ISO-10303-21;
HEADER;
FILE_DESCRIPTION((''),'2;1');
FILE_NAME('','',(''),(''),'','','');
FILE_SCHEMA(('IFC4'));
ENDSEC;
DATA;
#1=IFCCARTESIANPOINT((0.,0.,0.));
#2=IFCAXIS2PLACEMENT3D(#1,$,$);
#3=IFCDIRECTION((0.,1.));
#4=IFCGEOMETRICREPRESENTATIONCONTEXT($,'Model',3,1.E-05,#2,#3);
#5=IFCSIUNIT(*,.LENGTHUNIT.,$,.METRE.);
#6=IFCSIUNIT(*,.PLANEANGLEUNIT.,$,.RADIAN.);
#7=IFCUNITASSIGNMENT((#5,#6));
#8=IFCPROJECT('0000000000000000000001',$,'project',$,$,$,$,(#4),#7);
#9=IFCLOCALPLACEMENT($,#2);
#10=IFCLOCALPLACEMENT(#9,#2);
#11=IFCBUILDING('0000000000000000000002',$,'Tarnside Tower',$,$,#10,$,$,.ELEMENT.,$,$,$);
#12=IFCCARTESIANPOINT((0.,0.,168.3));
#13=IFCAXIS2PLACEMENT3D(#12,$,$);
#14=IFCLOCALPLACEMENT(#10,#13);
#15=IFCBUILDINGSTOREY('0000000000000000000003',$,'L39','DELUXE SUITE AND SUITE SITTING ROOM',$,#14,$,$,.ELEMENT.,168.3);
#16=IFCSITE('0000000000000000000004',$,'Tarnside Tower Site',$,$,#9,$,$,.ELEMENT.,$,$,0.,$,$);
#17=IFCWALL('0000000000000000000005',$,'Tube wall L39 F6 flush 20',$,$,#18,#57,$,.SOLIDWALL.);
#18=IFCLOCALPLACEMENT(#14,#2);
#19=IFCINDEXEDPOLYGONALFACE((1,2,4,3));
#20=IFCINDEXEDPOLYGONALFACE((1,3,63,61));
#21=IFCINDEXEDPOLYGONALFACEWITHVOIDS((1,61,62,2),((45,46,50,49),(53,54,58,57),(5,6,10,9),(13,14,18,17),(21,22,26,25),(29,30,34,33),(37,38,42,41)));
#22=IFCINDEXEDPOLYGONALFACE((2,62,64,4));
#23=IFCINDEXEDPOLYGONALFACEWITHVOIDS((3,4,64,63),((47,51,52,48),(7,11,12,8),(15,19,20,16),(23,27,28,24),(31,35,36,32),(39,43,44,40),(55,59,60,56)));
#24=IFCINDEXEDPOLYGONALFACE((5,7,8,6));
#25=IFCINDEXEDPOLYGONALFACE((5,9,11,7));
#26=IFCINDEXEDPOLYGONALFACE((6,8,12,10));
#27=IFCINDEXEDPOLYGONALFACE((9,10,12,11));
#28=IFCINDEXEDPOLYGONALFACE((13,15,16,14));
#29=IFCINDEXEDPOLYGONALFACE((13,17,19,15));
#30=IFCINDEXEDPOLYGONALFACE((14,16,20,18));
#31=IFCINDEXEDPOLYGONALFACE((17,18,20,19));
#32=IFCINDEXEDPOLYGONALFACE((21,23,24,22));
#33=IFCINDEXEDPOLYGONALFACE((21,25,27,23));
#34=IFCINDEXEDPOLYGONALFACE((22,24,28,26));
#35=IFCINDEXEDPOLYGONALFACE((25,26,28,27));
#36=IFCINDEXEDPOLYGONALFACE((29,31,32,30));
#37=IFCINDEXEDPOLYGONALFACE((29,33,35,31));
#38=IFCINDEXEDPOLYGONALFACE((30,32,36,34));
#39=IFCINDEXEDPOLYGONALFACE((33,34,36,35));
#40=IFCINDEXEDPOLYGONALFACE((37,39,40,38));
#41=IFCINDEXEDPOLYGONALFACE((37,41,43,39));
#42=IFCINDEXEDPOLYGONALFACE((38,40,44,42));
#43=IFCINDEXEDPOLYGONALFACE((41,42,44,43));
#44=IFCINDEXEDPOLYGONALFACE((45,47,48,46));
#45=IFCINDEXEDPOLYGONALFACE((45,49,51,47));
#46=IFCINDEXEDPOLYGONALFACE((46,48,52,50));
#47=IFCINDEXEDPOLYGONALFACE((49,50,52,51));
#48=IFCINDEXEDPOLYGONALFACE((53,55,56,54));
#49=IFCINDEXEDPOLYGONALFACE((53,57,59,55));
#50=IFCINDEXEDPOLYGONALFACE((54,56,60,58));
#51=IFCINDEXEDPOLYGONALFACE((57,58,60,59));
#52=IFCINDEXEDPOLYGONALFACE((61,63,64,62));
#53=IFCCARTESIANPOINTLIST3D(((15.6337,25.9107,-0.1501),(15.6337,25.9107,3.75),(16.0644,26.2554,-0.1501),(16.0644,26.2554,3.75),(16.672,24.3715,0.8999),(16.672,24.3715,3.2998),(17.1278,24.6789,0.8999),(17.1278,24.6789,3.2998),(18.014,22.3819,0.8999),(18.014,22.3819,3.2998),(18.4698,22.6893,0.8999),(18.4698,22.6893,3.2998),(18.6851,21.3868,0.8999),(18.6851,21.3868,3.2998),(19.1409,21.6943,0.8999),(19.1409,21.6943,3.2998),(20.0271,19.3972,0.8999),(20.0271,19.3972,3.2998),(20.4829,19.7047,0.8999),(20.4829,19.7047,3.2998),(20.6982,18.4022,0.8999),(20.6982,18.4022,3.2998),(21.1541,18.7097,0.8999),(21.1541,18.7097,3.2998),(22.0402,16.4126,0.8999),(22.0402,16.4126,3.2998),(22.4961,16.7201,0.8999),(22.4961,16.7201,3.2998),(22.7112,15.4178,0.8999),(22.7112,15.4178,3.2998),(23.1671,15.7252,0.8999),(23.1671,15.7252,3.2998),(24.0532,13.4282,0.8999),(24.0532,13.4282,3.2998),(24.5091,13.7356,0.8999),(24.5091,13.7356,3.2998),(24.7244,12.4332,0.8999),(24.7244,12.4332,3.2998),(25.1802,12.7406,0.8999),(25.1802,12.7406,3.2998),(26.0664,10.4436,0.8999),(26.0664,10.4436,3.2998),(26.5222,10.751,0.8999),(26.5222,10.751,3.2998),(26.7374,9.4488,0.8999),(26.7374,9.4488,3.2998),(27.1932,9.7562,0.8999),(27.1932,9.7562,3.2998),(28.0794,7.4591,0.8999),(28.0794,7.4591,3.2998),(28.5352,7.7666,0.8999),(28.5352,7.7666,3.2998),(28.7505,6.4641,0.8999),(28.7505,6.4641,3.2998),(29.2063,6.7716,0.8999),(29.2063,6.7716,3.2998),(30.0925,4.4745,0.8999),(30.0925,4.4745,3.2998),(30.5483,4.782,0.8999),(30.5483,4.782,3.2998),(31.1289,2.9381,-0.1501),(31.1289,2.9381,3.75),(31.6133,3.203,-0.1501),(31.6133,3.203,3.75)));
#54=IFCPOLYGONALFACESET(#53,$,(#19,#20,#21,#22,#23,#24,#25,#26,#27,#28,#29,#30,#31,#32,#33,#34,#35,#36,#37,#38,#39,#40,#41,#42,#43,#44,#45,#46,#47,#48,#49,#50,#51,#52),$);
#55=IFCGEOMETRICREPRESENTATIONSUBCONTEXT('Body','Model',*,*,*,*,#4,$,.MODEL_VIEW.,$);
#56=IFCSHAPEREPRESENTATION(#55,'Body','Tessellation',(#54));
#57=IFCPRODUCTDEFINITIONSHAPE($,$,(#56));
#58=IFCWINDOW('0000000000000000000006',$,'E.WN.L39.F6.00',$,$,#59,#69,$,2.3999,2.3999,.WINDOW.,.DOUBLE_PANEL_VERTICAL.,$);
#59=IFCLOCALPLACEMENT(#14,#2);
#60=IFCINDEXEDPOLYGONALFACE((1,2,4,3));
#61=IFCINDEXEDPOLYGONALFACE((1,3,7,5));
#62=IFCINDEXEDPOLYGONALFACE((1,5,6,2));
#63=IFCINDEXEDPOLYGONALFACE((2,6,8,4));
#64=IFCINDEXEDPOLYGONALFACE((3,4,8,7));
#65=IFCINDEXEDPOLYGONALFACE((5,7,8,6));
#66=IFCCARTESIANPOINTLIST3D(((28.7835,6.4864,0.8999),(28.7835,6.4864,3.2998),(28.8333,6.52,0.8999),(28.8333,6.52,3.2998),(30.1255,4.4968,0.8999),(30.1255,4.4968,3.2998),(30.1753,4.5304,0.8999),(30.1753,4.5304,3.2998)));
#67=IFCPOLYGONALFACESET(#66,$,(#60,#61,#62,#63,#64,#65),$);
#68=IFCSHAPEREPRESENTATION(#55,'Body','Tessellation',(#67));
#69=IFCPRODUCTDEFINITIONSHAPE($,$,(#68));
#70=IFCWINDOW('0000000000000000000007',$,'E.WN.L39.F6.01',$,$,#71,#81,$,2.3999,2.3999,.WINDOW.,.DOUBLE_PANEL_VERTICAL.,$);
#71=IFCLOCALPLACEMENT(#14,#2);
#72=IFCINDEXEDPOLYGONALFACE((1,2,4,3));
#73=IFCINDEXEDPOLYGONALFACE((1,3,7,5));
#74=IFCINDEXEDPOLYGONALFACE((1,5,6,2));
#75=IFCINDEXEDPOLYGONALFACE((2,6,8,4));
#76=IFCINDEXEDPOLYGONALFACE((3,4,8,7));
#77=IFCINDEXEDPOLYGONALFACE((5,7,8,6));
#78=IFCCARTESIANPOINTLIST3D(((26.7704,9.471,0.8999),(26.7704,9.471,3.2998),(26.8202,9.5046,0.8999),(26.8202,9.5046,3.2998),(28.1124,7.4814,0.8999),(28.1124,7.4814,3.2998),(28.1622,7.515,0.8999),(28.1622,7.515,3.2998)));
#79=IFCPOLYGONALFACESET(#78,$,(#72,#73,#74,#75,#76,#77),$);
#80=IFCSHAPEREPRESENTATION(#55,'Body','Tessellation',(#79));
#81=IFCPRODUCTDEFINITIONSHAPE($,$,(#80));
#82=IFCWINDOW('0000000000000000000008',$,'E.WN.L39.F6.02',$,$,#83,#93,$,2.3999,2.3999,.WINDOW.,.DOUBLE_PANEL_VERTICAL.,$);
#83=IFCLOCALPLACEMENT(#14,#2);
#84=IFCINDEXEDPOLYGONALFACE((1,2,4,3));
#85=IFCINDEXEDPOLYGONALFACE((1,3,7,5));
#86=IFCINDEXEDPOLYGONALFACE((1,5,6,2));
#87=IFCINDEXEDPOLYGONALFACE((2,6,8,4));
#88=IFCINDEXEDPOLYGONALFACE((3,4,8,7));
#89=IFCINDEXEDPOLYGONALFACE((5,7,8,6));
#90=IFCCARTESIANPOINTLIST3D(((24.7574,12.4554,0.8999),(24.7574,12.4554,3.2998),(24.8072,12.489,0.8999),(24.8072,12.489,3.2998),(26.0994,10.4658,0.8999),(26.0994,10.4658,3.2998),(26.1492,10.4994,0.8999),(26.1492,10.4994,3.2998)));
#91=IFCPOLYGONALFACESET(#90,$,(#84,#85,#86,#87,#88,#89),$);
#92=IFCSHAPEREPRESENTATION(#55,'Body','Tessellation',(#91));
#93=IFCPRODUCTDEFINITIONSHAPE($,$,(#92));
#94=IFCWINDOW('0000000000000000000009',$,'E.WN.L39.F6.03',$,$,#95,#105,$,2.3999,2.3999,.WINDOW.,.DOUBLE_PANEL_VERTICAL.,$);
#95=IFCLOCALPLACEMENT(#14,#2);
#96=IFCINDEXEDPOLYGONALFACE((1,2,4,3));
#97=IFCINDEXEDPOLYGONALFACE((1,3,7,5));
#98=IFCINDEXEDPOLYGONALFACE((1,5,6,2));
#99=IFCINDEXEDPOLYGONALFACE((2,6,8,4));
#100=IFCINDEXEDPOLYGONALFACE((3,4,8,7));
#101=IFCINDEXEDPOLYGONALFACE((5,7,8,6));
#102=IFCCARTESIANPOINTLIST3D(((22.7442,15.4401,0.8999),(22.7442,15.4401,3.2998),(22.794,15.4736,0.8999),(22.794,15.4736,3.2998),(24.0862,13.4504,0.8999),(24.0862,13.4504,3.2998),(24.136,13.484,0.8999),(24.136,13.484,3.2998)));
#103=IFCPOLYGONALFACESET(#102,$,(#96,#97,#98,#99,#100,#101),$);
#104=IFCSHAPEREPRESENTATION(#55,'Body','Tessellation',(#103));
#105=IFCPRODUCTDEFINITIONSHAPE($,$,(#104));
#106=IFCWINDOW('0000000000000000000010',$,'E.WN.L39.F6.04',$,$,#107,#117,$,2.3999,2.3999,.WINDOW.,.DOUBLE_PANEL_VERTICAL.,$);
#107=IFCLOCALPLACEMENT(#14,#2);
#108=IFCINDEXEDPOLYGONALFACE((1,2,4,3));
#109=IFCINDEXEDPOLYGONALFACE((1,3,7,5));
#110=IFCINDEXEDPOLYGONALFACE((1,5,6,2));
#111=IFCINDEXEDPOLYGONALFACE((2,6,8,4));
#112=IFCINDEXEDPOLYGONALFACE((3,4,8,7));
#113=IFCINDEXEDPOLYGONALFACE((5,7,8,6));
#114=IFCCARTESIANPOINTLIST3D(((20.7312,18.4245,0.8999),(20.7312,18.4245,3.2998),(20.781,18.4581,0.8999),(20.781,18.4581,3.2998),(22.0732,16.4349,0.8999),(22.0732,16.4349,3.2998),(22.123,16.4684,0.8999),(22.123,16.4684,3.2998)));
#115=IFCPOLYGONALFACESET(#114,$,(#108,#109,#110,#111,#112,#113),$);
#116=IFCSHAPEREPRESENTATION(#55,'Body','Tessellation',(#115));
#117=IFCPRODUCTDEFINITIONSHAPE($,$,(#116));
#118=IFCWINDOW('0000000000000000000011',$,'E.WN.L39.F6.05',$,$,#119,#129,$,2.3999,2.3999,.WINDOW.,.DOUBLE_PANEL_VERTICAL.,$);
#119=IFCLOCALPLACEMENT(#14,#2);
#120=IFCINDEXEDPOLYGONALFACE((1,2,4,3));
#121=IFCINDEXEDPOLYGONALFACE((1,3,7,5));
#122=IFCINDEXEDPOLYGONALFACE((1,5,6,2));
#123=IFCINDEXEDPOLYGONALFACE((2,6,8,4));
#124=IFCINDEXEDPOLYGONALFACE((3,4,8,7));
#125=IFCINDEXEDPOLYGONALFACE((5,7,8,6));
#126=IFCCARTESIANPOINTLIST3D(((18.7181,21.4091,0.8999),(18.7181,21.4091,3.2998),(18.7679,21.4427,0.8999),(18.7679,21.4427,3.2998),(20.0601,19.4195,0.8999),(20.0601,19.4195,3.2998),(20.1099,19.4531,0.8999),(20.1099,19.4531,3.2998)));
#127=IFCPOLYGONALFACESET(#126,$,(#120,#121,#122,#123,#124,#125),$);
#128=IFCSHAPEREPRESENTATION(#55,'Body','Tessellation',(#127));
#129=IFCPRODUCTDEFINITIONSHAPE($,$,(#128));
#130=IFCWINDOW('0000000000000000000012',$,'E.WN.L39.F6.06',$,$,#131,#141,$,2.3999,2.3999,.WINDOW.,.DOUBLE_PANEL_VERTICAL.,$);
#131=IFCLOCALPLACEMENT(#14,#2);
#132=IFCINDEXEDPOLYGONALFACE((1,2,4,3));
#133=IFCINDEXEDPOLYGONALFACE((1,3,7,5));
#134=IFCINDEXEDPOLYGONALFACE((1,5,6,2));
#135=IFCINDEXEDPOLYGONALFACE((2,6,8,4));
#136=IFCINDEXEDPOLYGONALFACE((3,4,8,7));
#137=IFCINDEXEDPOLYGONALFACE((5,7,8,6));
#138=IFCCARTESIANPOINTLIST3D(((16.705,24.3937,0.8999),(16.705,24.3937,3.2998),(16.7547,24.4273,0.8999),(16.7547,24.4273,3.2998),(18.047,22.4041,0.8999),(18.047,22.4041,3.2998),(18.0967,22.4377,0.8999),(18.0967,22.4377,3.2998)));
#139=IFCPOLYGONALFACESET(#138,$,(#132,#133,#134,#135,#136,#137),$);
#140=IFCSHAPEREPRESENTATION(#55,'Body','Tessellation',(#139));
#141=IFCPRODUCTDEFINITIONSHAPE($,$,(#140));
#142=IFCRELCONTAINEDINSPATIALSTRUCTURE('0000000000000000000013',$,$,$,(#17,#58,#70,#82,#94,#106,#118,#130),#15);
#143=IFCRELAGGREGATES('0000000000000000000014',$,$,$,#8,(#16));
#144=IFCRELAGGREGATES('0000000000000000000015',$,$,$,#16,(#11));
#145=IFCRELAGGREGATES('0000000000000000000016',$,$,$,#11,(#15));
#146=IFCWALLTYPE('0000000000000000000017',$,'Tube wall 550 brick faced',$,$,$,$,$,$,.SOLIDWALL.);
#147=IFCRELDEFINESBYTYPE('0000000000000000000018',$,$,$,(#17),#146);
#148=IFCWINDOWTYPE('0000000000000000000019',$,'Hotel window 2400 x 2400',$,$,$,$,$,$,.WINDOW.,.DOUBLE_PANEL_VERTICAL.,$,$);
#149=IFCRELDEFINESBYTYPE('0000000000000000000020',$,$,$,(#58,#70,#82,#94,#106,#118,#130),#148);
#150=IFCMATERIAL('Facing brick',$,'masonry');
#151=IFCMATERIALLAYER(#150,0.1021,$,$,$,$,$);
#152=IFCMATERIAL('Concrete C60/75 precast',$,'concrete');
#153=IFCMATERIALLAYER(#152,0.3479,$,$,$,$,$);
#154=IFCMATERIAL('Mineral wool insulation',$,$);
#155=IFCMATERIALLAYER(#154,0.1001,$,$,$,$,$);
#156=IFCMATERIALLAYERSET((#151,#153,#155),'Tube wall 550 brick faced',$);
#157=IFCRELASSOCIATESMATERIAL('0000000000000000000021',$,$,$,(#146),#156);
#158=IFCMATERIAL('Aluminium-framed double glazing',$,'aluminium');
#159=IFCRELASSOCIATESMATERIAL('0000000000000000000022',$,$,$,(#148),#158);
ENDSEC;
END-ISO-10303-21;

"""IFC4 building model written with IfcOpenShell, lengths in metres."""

from ifc_helpers import new_model, si_unit, direction, frame, frame_2d, origin, place, context, subcontext, project, spatial, polyline, rectangle, outline, extrude, material, layer, layer_set, type_object, element, fill, save


model = new_model("IFC4")

# Units and contexts
model_context = context("Model", 3, precision=1e-05, world=origin(), true_north=direction((0.0, 1.0)))
body_context = subcontext(model_context, "Body", "Model", "MODEL_VIEW")
ifc_project = project(units=[si_unit("LENGTHUNIT", "METRE"), si_unit("PLANEANGLEUNIT", "RADIAN")], contexts=[model_context])

# Site, building, storey
site_placement = place(None, origin())
site = spatial("IfcSite", under=ifc_project, at=site_placement, Name="Tarnside Tower Site", CompositionType="ELEMENT", RefElevation=0.0)
building_placement = place(site_placement, origin())
building = spatial("IfcBuilding", under=site, at=building_placement, Name="Tarnside Tower", CompositionType="ELEMENT")
storey_placement = place(building_placement, frame((0.0, 0.0, 168.3)))
storey = spatial("IfcBuildingStorey", under=building, at=storey_placement, Name="L39", Description="DELUXE SUITE AND SUITE SITTING ROOM", CompositionType="ELEMENT", Elevation=168.3)

# Shared definitions
ifc_material_1 = material(Name="Facing brick", Category="masonry")
ifc_layer_1 = layer(ifc_material_1, 0.1021)
ifc_material_2 = material(Name="Concrete C60/75 precast", Category="concrete")
ifc_layer_2 = layer(ifc_material_2, 0.3479)
ifc_material_3 = material(Name="Mineral wool insulation")
ifc_layer_3 = layer(ifc_material_3, 0.1001)
ifc_layer_set_1 = layer_set([ifc_layer_1, ifc_layer_2, ifc_layer_3], Name="Tube wall 550 brick faced")
wall_type_1 = type_object("IfcWallType", Name="Tube wall 550 brick faced", PredefinedType="SOLIDWALL", material=ifc_layer_set_1)

# Wall, openings, windows
wall_1_placement = place(storey_placement, frame((31.3711, 3.0706, -0.1501), z_axis=(0.0, 0.0, 1.0), x_axis=(-0.55919, 0.82904, 0.0)))
wall_1 = element("IfcWall", 1, at=wall_1_placement, inside=storey, type_object=wall_type_1, Name="Tube wall L39 F6 flush 20", PredefinedType="SOLIDWALL", context=body_context, shape_type="SweptSolid", body=[
    extrude(outline(polyline([(-0.0256, -0.2749), (27.7805, -0.2749), (27.7356, 0.2749), (0.0256, 0.2749), (-0.0256, -0.2749)])), origin(), (0.0, 0.0, 1.0), 3.9001),
])
opening_1_placement = place(wall_1_placement, frame((1.8789, 0.0, 1.05)))
opening_1 = element("IfcOpeningElement", 2, at=opening_1_placement, cuts=wall_1, PredefinedType="OPENING", context=body_context, shape_type="SweptSolid", body=[
    extrude(rectangle(XDim=2.3999, YDim=2.3999, at=frame_2d((1.2, 1.2))), frame((0.0, 0.2852, 0.0), z_axis=(0.0, -1.0, 0.0), x_axis=(1.0, 0.0, 0.0)), (0.0, 0.0, 1.0), 0.5701),
])
opening_2_placement = place(wall_1_placement, frame((5.479, 0.0, 1.05)))
opening_2 = element("IfcOpeningElement", 3, at=opening_2_placement, cuts=wall_1, PredefinedType="OPENING", context=body_context, shape_type="SweptSolid", body=[
    extrude(rectangle(XDim=2.3999, YDim=2.3999, at=frame_2d((1.2, 1.2))), frame((0.0, 0.2852, 0.0), z_axis=(0.0, -1.0, 0.0), x_axis=(1.0, 0.0, 0.0)), (0.0, 0.0, 1.0), 0.5701),
])
opening_3_placement = place(wall_1_placement, frame((9.0789, 0.0, 1.05)))
opening_3 = element("IfcOpeningElement", 4, at=opening_3_placement, cuts=wall_1, PredefinedType="OPENING", context=body_context, shape_type="SweptSolid", body=[
    extrude(rectangle(XDim=2.3999, YDim=2.3999, at=frame_2d((1.2, 1.2))), frame((0.0, 0.2852, 0.0), z_axis=(0.0, -1.0, 0.0), x_axis=(1.0, 0.0, 0.0)), (0.0, 0.0, 1.0), 0.5701),
])
opening_4_placement = place(wall_1_placement, frame((12.679, 0.0, 1.05)))
opening_4 = element("IfcOpeningElement", 5, at=opening_4_placement, cuts=wall_1, PredefinedType="OPENING", context=body_context, shape_type="SweptSolid", body=[
    extrude(rectangle(XDim=2.3999, YDim=2.3999, at=frame_2d((1.2, 1.2))), frame((0.0, 0.2852, 0.0), z_axis=(0.0, -1.0, 0.0), x_axis=(1.0, 0.0, 0.0)), (0.0, 0.0, 1.0), 0.5701),
])
opening_5_placement = place(wall_1_placement, frame((16.2788, 0.0, 1.05)))
opening_5 = element("IfcOpeningElement", 6, at=opening_5_placement, cuts=wall_1, PredefinedType="OPENING", context=body_context, shape_type="SweptSolid", body=[
    extrude(rectangle(XDim=2.3999, YDim=2.3999, at=frame_2d((1.2, 1.2))), frame((0.0, 0.2852, 0.0), z_axis=(0.0, -1.0, 0.0), x_axis=(1.0, 0.0, 0.0)), (0.0, 0.0, 1.0), 0.5701),
])
opening_6_placement = place(wall_1_placement, frame((19.8789, 0.0, 1.05)))
opening_6 = element("IfcOpeningElement", 7, at=opening_6_placement, cuts=wall_1, PredefinedType="OPENING", context=body_context, shape_type="SweptSolid", body=[
    extrude(rectangle(XDim=2.3999, YDim=2.3999, at=frame_2d((1.2, 1.2))), frame((0.0, 0.2852, 0.0), z_axis=(0.0, -1.0, 0.0), x_axis=(1.0, 0.0, 0.0)), (0.0, 0.0, 1.0), 0.5701),
])
opening_7_placement = place(wall_1_placement, frame((23.479, 0.0, 1.05)))
opening_7 = element("IfcOpeningElement", 8, at=opening_7_placement, cuts=wall_1, PredefinedType="OPENING", context=body_context, shape_type="SweptSolid", body=[
    extrude(rectangle(XDim=2.3999, YDim=2.3999, at=frame_2d((1.2, 1.2))), frame((0.0, 0.2852, 0.0), z_axis=(0.0, -1.0, 0.0), x_axis=(1.0, 0.0, 0.0)), (0.0, 0.0, 1.0), 0.5701),
])
ifc_material_4 = material(Name="Aluminium-framed double glazing", Category="aluminium")
window_type = type_object("IfcWindowType", Name="Hotel window 2400 x 2400", PartitioningType="DOUBLE_PANEL_VERTICAL", PredefinedType="WINDOW", material=ifc_material_4)
window_1_placement = place(opening_1_placement, frame((0.0, 0.2051, 0.0)))
window_1 = element("IfcWindow", 9, at=window_1_placement, inside=storey, type_object=window_type, Name="E.WN.L39.F6.00", OverallHeight=2.3999, OverallWidth=2.3999, PartitioningType="DOUBLE_PANEL_VERTICAL", PredefinedType="WINDOW", context=body_context, shape_type="SweptSolid", body=[
    extrude(rectangle(XDim=2.3999, YDim=2.3999, at=frame_2d((1.2, 1.2))), frame((0.0, 0.03, 0.0), z_axis=(0.0, -1.0, 0.0), x_axis=(1.0, 0.0, 0.0)), (0.0, 0.0, 1.0), 0.0601),
])
fill(opening_1, window_1)
window_2_placement = place(opening_2_placement, frame((0.0, 0.2051, 0.0)))
window_2 = element("IfcWindow", 10, at=window_2_placement, inside=storey, type_object=window_type, Name="E.WN.L39.F6.01", OverallHeight=2.3999, OverallWidth=2.3999, PartitioningType="DOUBLE_PANEL_VERTICAL", PredefinedType="WINDOW", context=body_context, shape_type="SweptSolid", body=[
    extrude(rectangle(XDim=2.3999, YDim=2.3999, at=frame_2d((1.2, 1.2))), frame((0.0, 0.03, 0.0), z_axis=(0.0, -1.0, 0.0), x_axis=(1.0, 0.0, 0.0)), (0.0, 0.0, 1.0), 0.0601),
])
fill(opening_2, window_2)
window_3_placement = place(opening_3_placement, frame((0.0, 0.2051, 0.0)))
window_3 = element("IfcWindow", 11, at=window_3_placement, inside=storey, type_object=window_type, Name="E.WN.L39.F6.02", OverallHeight=2.3999, OverallWidth=2.3999, PartitioningType="DOUBLE_PANEL_VERTICAL", PredefinedType="WINDOW", context=body_context, shape_type="SweptSolid", body=[
    extrude(rectangle(XDim=2.3999, YDim=2.3999, at=frame_2d((1.2, 1.2))), frame((0.0, 0.03, 0.0), z_axis=(0.0, -1.0, 0.0), x_axis=(1.0, 0.0, 0.0)), (0.0, 0.0, 1.0), 0.0601),
])
fill(opening_3, window_3)
window_4_placement = place(opening_4_placement, frame((0.0, 0.2051, 0.0)))
window_4 = element("IfcWindow", 12, at=window_4_placement, inside=storey, type_object=window_type, Name="E.WN.L39.F6.03", OverallHeight=2.3999, OverallWidth=2.3999, PartitioningType="DOUBLE_PANEL_VERTICAL", PredefinedType="WINDOW", context=body_context, shape_type="SweptSolid", body=[
    extrude(rectangle(XDim=2.3999, YDim=2.3999, at=frame_2d((1.2, 1.2))), frame((0.0, 0.03, 0.0), z_axis=(0.0, -1.0, 0.0), x_axis=(1.0, 0.0, 0.0)), (0.0, 0.0, 1.0), 0.0601),
])
fill(opening_4, window_4)
window_5_placement = place(opening_5_placement, frame((0.0, 0.2051, 0.0)))
window_5 = element("IfcWindow", 13, at=window_5_placement, inside=storey, type_object=window_type, Name="E.WN.L39.F6.04", OverallHeight=2.3999, OverallWidth=2.3999, PartitioningType="DOUBLE_PANEL_VERTICAL", PredefinedType="WINDOW", context=body_context, shape_type="SweptSolid", body=[
    extrude(rectangle(XDim=2.3999, YDim=2.3999, at=frame_2d((1.2, 1.2))), frame((0.0, 0.03, 0.0), z_axis=(0.0, -1.0, 0.0), x_axis=(1.0, 0.0, 0.0)), (0.0, 0.0, 1.0), 0.0601),
])
fill(opening_5, window_5)
window_6_placement = place(opening_6_placement, frame((0.0, 0.2051, 0.0)))
window_6 = element("IfcWindow", 14, at=window_6_placement, inside=storey, type_object=window_type, Name="E.WN.L39.F6.05", OverallHeight=2.3999, OverallWidth=2.3999, PartitioningType="DOUBLE_PANEL_VERTICAL", PredefinedType="WINDOW", context=body_context, shape_type="SweptSolid", body=[
    extrude(rectangle(XDim=2.3999, YDim=2.3999, at=frame_2d((1.2, 1.2))), frame((0.0, 0.03, 0.0), z_axis=(0.0, -1.0, 0.0), x_axis=(1.0, 0.0, 0.0)), (0.0, 0.0, 1.0), 0.0601),
])
fill(opening_6, window_6)
window_7_placement = place(opening_7_placement, frame((0.0, 0.2051, 0.0)))
window_7 = element("IfcWindow", 15, at=window_7_placement, inside=storey, type_object=window_type, Name="E.WN.L39.F6.06", OverallHeight=2.3999, OverallWidth=2.3999, PartitioningType="DOUBLE_PANEL_VERTICAL", PredefinedType="WINDOW", context=body_context, shape_type="SweptSolid", body=[
    extrude(rectangle(XDim=2.3999, YDim=2.3999, at=frame_2d((1.2, 1.2))), frame((0.0, 0.03, 0.0), z_axis=(0.0, -1.0, 0.0), x_axis=(1.0, 0.0, 0.0)), (0.0, 0.0, 1.0), 0.0601),
])
fill(opening_7, window_7)

save(model, "model.ifc")
